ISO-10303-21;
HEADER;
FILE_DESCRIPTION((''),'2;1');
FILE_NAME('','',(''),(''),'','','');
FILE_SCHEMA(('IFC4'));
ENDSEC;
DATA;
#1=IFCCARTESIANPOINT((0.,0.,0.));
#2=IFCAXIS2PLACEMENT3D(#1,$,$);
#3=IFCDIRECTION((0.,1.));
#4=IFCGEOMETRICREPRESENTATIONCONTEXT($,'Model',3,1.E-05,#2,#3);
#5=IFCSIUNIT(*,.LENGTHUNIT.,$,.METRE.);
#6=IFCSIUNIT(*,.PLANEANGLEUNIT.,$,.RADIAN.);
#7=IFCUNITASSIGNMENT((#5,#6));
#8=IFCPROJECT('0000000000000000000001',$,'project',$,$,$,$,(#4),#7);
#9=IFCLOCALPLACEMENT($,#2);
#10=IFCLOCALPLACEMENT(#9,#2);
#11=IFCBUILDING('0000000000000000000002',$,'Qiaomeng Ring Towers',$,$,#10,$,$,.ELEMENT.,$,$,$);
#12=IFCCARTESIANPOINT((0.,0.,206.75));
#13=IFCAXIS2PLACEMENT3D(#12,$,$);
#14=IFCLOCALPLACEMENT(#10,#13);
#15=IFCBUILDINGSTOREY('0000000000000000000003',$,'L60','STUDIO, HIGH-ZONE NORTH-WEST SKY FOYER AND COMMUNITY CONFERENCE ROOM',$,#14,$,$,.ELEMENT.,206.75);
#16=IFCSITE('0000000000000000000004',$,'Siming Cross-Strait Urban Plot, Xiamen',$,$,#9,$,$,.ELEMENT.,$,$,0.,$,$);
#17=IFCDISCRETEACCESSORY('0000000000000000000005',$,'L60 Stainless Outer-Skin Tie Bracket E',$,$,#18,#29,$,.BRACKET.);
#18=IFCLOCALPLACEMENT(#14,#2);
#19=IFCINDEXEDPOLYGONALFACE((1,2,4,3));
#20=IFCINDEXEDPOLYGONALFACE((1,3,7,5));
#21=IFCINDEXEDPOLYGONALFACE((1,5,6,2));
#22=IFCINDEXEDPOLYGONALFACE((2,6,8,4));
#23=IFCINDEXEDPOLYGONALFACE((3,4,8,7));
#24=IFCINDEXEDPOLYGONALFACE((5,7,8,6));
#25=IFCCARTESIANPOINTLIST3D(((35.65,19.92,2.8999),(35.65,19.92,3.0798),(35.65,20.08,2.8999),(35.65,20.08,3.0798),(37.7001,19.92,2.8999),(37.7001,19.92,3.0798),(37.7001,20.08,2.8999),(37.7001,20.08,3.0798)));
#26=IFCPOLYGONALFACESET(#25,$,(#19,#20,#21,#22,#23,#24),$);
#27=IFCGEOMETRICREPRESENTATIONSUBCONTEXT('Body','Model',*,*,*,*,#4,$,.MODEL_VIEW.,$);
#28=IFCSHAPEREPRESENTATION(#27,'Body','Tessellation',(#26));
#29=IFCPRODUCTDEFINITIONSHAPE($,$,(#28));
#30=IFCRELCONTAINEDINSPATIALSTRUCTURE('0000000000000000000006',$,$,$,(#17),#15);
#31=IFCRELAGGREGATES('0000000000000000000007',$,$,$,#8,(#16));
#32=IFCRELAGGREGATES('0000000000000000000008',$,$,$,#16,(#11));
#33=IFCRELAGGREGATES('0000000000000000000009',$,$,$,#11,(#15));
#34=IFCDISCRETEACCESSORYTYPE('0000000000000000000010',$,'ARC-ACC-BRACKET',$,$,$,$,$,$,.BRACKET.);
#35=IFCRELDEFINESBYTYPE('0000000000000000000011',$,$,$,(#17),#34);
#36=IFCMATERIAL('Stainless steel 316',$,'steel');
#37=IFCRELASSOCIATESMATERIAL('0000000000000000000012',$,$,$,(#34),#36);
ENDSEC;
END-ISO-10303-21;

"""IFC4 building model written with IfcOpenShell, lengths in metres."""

from ifc_helpers import new_model, si_unit, direction, frame, origin, origin_2d, place, context, subcontext, project, spatial, rectangle, extrude, source, transform, mapped, material, type_object, element, save


model = new_model("IFC4")

# Units and contexts
model_context = context("Model", 3, precision=1e-05, world=origin(), true_north=direction((0.0, 1.0)))
body_context = subcontext(model_context, "Body", "Model", "MODEL_VIEW")
ifc_project = project(units=[si_unit("LENGTHUNIT", "METRE"), si_unit("PLANEANGLEUNIT", "RADIAN")], contexts=[model_context])

# Site, building, storey
site_placement = place(None, origin())
site = spatial("IfcSite", under=ifc_project, at=site_placement, Name="Siming Cross-Strait Urban Plot, Xiamen", CompositionType="ELEMENT", RefElevation=0.0)
building_placement = place(site_placement, origin())
building = spatial("IfcBuilding", under=site, at=building_placement, Name="Qiaomeng Ring Towers", CompositionType="ELEMENT")
storey_placement = place(building_placement, frame((0.0, 0.0, 206.75)))
storey = spatial("IfcBuildingStorey", under=building, at=storey_placement, Name="L60", Description="STUDIO, HIGH-ZONE NORTH-WEST SKY FOYER AND COMMUNITY CONFERENCE ROOM", CompositionType="ELEMENT", Elevation=206.75)

# Shared definitions
ifc_material_1 = material(Name="Stainless steel 316", Category="steel")

# Discrete accessory
discrete_accessory_type = type_object("IfcDiscreteAccessoryType", Name="ARC-ACC-BRACKET", PredefinedType="BRACKET", material=ifc_material_1)
shared_shape_1 = source(origin(), body_context, "Body", "SweptSolid", [
    extrude(rectangle(XDim=2.05, YDim=0.1599, at=origin_2d()), origin(), (0.0, 0.0, 1.0), 0.1799),
])
discrete_accessory_placement = place(storey_placement, frame((36.675, 20.0, 2.8999), z_axis=(0.0, 0.0, 1.0), x_axis=(1.0, 0.0, 0.0)))
element("IfcDiscreteAccessory", 1, at=discrete_accessory_placement, inside=storey, type_object=discrete_accessory_type, Name="L60 Stainless Outer-Skin Tie Bracket E", PredefinedType="BRACKET", context=body_context, shape_type="MappedRepresentation", body=[
    mapped(shared_shape_1, transform((0.0, 0.0, 0.0), x_axis=(1.0, 0.0, 0.0), y_axis=(0.0, 1.0, 0.0), z_axis=(0.0, 0.0, 1.0), scale=1.0)),
])

save(model, "model.ifc")
